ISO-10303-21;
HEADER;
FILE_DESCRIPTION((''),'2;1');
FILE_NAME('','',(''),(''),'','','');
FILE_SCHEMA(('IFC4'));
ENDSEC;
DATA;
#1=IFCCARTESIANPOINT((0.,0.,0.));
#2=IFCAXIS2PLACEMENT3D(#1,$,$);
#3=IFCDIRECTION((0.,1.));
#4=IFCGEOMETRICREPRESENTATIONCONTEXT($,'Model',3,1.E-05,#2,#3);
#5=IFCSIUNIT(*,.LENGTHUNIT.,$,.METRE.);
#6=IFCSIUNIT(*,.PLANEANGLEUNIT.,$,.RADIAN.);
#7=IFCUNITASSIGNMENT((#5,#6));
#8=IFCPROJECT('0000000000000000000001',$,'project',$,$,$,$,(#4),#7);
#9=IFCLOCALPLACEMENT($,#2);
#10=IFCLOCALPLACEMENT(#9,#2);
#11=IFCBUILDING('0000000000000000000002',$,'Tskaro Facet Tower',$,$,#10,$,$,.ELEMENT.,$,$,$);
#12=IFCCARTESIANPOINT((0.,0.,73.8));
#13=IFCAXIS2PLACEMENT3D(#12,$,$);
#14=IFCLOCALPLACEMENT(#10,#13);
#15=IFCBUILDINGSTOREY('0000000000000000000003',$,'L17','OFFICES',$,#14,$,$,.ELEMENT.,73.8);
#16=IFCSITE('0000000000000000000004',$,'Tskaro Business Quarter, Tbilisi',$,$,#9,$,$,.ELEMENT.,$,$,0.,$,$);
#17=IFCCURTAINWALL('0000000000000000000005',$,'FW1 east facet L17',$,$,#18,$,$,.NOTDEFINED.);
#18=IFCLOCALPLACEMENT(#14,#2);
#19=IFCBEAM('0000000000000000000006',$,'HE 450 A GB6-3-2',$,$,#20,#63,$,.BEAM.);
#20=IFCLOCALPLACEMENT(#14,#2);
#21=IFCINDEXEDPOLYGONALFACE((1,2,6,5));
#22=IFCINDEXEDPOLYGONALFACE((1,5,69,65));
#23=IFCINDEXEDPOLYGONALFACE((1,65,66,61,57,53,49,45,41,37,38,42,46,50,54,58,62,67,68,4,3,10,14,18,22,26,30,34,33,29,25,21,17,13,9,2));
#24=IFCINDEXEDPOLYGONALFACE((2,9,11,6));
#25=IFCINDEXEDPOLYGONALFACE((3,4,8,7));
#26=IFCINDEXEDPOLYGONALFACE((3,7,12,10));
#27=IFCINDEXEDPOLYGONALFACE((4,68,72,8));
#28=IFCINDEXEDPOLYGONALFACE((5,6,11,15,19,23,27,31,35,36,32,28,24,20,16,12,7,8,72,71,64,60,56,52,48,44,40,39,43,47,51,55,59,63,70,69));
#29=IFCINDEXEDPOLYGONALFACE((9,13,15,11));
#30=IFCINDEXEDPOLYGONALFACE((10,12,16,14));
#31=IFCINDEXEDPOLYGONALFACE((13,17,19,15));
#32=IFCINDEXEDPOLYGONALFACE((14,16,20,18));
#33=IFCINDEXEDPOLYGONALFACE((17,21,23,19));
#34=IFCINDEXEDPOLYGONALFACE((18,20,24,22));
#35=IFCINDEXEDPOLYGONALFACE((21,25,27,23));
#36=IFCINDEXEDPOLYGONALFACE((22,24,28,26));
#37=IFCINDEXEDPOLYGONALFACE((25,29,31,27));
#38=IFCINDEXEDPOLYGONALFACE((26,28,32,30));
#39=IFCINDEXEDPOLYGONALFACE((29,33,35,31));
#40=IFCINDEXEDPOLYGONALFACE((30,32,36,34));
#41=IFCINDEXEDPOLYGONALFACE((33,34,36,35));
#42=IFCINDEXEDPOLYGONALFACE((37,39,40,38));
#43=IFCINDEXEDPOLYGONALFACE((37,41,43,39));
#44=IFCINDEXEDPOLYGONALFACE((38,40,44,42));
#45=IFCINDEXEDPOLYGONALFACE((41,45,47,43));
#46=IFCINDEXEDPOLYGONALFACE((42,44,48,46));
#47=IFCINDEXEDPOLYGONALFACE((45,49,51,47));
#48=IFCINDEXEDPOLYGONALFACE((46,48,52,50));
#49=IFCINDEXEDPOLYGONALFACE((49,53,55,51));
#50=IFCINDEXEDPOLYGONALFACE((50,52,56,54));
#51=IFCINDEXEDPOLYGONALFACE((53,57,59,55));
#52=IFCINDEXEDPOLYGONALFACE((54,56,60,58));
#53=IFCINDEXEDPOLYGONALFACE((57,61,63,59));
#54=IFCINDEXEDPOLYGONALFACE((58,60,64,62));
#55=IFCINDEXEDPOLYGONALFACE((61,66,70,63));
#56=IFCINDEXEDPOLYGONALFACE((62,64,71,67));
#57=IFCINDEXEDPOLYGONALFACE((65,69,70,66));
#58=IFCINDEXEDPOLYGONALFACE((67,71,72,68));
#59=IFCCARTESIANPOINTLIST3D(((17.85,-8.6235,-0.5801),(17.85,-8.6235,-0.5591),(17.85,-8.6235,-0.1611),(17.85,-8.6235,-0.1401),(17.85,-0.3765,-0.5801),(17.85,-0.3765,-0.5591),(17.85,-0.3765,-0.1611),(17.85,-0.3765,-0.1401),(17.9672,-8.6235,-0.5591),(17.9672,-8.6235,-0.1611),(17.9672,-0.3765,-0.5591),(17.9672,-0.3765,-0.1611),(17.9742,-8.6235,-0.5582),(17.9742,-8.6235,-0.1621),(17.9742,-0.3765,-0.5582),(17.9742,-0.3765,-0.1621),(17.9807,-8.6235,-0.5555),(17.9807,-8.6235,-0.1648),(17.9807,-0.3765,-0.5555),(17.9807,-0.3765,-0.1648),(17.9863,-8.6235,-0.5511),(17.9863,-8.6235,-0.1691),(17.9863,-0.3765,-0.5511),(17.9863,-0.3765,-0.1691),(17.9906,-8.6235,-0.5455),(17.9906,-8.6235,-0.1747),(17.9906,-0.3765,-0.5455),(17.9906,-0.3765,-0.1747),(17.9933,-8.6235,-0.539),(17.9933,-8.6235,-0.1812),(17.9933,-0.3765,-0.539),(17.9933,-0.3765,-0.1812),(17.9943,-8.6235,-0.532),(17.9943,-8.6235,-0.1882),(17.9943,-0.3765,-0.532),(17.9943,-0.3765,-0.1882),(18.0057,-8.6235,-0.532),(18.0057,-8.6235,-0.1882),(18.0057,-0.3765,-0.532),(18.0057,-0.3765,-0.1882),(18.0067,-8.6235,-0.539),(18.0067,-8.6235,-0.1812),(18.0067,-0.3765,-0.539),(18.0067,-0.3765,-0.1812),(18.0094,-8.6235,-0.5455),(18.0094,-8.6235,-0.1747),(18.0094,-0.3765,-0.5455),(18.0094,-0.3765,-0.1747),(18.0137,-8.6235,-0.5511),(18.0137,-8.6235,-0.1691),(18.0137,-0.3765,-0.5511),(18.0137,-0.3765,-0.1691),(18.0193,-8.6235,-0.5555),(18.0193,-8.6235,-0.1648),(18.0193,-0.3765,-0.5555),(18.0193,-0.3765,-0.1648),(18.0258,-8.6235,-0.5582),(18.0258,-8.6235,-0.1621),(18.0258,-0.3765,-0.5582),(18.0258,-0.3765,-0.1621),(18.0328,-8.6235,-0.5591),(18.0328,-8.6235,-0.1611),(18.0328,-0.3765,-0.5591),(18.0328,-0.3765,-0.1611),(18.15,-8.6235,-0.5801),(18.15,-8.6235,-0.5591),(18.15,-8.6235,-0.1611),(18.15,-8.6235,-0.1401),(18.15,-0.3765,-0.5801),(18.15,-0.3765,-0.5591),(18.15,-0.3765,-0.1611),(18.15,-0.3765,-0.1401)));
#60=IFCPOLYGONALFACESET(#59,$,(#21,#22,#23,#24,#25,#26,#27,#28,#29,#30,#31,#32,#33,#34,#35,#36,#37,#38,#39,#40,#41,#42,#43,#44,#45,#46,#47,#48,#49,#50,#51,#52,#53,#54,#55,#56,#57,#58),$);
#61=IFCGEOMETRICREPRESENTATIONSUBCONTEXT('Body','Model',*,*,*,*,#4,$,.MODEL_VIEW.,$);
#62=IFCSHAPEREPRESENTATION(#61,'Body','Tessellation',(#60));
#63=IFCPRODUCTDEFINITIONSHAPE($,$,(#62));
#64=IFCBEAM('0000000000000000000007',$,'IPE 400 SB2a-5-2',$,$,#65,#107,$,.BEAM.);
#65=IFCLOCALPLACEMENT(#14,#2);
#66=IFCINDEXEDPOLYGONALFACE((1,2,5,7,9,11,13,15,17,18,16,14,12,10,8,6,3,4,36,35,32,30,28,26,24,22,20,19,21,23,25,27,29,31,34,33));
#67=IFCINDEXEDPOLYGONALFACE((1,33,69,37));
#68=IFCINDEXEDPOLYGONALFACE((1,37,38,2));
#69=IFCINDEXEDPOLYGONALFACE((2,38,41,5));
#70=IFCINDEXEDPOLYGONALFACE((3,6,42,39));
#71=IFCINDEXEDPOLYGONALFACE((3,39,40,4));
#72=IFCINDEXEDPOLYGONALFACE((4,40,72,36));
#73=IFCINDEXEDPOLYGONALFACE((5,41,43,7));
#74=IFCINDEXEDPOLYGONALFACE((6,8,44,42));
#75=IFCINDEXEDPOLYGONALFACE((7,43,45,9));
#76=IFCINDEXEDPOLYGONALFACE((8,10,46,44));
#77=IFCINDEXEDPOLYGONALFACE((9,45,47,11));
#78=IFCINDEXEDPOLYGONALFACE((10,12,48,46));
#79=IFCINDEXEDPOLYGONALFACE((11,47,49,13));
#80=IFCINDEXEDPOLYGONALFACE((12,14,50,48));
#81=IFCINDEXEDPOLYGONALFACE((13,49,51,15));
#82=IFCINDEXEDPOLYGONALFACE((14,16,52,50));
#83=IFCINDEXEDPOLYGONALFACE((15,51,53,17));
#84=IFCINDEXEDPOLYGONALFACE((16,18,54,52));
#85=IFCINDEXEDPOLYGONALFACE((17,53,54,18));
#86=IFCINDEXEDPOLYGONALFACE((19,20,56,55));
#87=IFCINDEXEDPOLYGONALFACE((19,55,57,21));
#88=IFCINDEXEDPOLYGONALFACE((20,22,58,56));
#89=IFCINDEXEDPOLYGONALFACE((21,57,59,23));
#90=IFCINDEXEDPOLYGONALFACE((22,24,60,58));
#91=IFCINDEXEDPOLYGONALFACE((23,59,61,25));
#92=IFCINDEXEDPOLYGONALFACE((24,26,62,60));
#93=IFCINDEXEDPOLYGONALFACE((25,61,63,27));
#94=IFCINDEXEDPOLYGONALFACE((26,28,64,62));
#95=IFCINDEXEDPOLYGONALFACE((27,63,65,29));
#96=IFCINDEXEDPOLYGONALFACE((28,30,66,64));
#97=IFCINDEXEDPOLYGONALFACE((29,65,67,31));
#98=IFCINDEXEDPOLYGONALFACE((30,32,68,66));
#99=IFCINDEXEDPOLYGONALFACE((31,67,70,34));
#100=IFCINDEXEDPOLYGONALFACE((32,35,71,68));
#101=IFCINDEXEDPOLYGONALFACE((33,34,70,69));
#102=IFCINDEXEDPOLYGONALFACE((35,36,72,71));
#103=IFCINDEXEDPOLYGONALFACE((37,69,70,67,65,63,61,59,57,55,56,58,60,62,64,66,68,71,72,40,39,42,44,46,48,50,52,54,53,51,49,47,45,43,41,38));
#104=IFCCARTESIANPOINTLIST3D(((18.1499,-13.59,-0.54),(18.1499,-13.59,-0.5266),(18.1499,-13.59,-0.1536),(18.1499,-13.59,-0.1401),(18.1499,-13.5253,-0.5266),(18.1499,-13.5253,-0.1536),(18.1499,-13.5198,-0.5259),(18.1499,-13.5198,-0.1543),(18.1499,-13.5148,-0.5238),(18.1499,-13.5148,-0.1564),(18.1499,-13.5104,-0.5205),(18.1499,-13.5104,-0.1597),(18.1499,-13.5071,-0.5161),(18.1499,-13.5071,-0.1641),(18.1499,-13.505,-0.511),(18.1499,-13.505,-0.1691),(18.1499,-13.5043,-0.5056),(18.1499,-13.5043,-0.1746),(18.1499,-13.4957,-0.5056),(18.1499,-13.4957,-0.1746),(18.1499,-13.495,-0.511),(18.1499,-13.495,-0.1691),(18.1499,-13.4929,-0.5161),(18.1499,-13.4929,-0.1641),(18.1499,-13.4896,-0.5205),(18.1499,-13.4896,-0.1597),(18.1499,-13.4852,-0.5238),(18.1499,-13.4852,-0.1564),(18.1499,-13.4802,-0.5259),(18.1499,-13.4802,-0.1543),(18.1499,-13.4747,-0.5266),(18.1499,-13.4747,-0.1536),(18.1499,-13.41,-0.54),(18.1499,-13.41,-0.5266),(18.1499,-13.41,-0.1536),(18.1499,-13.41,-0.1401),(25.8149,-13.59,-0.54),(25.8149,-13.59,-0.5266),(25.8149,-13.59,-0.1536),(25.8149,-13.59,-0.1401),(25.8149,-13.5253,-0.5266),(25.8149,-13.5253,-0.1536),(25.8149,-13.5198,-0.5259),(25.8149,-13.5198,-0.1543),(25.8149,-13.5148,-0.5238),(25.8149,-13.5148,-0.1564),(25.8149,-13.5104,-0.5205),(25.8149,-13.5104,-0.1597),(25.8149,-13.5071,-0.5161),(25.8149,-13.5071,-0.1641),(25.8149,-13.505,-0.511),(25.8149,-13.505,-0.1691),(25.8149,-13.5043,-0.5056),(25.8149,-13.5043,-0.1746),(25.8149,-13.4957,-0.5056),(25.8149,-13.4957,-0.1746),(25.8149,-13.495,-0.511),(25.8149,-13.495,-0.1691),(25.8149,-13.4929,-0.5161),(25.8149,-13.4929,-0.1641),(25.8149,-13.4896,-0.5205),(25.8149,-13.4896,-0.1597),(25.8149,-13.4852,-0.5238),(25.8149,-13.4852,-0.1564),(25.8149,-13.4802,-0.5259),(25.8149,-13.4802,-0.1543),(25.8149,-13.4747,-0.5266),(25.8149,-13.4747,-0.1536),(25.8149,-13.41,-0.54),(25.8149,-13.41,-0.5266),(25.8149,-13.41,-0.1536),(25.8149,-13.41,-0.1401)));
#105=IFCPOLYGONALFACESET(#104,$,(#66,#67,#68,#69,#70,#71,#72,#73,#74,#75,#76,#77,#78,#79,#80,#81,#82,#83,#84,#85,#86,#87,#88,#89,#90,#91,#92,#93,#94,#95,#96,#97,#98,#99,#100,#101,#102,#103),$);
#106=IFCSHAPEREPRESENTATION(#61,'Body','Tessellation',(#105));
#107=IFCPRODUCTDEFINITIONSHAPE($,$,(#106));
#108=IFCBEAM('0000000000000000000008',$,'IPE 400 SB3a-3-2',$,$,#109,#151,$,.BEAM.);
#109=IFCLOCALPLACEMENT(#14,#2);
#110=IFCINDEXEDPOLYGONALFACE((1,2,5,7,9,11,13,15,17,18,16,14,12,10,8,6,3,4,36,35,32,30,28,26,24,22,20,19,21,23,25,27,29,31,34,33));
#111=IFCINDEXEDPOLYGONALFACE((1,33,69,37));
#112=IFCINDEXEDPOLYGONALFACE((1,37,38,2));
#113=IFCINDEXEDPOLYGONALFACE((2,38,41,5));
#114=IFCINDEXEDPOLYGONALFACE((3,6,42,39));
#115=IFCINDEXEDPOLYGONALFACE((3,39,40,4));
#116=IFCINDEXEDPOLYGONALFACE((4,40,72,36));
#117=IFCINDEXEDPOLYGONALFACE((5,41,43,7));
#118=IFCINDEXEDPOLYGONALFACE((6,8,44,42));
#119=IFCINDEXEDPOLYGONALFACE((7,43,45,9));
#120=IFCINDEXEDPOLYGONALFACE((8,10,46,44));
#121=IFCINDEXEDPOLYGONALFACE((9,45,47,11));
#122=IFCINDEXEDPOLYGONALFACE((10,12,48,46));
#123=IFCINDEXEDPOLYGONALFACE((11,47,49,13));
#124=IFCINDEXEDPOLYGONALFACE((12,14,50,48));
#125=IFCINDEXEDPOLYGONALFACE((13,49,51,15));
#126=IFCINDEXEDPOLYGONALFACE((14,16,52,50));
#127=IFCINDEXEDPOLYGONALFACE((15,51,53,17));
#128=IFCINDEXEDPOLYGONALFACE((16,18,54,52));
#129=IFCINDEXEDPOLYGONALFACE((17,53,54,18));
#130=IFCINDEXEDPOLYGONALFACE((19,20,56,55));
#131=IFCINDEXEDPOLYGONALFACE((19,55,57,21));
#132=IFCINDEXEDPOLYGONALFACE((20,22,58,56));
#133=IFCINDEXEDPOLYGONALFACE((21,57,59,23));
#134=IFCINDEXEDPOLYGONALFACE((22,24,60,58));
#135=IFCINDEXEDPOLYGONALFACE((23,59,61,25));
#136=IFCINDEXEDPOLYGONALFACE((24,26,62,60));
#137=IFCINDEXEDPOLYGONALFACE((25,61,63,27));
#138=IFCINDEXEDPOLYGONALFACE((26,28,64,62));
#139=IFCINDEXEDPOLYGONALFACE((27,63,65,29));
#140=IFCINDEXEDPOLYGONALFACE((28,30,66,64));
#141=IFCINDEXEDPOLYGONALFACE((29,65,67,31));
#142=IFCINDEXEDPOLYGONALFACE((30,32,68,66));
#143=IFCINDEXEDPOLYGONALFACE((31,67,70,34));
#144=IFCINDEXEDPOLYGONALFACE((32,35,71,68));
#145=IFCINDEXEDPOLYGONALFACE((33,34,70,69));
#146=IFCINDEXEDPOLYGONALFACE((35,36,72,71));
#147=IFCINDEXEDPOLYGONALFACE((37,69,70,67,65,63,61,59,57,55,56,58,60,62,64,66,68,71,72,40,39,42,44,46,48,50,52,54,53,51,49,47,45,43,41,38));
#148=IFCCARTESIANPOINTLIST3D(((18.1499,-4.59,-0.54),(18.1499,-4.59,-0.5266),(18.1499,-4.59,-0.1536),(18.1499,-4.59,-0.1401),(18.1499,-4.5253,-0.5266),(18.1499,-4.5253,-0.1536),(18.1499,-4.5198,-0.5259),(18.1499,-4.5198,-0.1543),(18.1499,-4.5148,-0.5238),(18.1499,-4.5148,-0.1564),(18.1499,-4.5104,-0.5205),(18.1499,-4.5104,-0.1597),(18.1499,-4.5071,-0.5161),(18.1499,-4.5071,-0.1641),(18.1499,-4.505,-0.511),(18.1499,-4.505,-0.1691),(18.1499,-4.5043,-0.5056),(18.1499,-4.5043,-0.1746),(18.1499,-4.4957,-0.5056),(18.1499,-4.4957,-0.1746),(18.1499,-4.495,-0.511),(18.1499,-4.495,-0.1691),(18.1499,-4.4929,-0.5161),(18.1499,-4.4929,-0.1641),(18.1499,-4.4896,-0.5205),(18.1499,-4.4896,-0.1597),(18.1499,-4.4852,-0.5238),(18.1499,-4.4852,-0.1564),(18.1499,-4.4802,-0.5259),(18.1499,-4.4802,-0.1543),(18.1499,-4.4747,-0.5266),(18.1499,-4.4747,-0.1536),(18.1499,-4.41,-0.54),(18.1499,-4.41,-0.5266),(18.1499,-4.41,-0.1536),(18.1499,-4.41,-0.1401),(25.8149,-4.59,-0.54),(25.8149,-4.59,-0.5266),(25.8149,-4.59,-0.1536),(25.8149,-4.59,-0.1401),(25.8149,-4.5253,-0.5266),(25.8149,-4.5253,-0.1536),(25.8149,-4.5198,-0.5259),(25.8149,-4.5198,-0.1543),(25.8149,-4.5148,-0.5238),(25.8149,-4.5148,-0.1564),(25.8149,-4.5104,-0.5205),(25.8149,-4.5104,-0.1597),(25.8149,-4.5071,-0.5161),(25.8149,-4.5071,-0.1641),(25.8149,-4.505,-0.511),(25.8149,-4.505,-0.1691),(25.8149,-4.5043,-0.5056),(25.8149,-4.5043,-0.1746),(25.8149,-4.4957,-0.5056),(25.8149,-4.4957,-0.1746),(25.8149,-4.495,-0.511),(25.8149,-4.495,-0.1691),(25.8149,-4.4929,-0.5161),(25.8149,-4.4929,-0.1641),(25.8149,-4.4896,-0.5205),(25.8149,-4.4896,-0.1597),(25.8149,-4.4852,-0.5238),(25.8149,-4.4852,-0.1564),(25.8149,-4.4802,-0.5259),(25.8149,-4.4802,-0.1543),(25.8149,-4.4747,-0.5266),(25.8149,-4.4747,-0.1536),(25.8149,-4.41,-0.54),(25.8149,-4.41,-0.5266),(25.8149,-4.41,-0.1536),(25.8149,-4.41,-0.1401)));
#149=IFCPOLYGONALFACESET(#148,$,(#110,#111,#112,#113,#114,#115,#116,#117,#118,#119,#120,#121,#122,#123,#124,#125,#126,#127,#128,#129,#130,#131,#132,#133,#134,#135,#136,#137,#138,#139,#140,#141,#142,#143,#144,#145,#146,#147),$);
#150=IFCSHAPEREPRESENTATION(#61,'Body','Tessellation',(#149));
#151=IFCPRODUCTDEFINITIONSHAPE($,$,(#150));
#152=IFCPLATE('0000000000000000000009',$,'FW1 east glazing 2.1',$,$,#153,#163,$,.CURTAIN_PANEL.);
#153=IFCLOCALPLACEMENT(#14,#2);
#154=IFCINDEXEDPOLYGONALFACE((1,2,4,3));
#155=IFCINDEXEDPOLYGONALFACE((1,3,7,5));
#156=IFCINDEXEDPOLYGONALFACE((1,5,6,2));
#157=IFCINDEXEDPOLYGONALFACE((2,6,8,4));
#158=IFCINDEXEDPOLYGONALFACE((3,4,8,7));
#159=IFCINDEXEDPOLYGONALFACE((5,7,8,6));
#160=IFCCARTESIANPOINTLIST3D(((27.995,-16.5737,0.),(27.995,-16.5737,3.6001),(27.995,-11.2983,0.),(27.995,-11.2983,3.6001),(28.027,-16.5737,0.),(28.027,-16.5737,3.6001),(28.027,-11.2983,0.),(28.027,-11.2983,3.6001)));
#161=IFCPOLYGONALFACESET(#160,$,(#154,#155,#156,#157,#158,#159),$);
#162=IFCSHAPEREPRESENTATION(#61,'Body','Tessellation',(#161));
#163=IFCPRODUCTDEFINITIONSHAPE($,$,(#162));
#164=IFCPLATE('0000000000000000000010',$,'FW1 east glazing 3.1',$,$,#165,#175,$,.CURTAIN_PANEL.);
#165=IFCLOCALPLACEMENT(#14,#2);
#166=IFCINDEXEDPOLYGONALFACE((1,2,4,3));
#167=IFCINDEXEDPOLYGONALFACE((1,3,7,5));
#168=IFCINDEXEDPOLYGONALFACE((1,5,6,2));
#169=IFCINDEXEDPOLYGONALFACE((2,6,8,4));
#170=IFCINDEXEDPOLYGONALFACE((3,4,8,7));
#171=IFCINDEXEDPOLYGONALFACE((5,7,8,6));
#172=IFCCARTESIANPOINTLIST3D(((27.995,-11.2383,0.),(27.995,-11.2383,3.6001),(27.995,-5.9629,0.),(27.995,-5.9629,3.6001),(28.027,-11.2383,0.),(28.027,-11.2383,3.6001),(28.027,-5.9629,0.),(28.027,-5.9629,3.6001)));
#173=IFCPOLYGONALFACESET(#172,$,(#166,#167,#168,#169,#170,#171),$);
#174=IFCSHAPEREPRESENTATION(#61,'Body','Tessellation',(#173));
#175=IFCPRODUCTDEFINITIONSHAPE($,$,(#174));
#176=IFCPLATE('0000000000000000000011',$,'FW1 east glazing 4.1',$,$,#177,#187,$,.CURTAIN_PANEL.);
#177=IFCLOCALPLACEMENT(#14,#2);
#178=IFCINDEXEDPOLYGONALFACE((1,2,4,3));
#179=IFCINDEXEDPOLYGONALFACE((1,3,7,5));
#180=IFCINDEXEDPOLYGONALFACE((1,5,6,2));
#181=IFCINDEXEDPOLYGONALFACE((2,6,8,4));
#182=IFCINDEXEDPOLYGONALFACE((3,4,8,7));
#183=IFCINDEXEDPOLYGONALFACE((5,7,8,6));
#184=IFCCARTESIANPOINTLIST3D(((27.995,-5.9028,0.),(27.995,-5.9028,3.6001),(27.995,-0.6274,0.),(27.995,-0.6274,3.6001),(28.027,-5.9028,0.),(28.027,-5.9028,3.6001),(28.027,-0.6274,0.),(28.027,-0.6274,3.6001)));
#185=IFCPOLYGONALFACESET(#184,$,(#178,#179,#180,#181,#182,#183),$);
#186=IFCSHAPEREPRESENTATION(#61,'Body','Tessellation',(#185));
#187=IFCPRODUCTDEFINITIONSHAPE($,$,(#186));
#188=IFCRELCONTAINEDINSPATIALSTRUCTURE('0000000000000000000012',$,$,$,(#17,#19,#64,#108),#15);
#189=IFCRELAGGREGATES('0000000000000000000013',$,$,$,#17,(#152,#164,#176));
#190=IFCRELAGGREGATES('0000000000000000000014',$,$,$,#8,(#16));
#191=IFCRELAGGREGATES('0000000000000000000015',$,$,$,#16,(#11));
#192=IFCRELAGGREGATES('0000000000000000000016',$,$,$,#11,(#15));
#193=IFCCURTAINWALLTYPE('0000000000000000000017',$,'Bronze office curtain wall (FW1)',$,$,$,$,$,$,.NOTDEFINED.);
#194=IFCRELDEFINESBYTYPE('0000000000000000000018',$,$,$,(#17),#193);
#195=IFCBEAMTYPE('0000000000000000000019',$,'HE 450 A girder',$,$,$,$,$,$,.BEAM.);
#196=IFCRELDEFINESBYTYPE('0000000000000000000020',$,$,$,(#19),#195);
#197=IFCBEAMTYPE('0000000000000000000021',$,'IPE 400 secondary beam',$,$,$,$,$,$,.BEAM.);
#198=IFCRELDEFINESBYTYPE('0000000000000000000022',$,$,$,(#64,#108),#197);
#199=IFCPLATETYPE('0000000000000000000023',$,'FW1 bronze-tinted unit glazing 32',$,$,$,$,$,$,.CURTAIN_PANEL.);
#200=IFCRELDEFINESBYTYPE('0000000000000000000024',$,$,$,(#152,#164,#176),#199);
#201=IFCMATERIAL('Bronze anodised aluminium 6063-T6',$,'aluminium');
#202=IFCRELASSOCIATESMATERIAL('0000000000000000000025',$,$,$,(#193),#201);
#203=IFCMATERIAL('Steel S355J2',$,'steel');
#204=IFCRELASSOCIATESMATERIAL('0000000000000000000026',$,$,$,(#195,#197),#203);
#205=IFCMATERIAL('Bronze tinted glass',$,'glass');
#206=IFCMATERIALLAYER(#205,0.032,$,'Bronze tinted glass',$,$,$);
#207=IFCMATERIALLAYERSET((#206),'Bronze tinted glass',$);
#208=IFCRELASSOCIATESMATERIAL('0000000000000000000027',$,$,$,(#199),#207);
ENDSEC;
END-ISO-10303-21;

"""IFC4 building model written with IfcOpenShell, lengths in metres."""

from ifc_helpers import new_model, si_unit, direction, frame, origin, origin_2d, place, context, subcontext, project, spatial, rectangle, i_section, extrude, material, layer, layer_set, material_profile, profile_set, type_object, element, aggregate, save


model = new_model("IFC4")

# Units and contexts
model_context = context("Model", 3, precision=1e-05, world=origin(), true_north=direction((0.0, 1.0)))
body_context = subcontext(model_context, "Body", "Model", "MODEL_VIEW")
ifc_project = project(units=[si_unit("LENGTHUNIT", "METRE"), si_unit("PLANEANGLEUNIT", "RADIAN")], contexts=[model_context])

# Site, building, storey
site_placement = place(None, origin())
site = spatial("IfcSite", under=ifc_project, at=site_placement, Name="Tskaro Business Quarter, Tbilisi", CompositionType="ELEMENT", RefElevation=0.0)
building_placement = place(site_placement, origin())
building = spatial("IfcBuilding", under=site, at=building_placement, Name="Tskaro Facet Tower", CompositionType="ELEMENT")
storey_placement = place(building_placement, frame((0.0, 0.0, 73.8)))
storey = spatial("IfcBuildingStorey", under=building, at=storey_placement, Name="L17", Description="OFFICES", CompositionType="ELEMENT", Elevation=73.8)

# Curtain wall
ifc_material_1 = material(Name="Bronze anodised aluminium 6063-T6", Category="aluminium")
curtain_wall_type = type_object("IfcCurtainWallType", Name="Bronze office curtain wall (FW1)", PredefinedType="NOTDEFINED", material=ifc_material_1)
curtain_wall_placement = place(storey_placement, origin())
curtain_wall = element("IfcCurtainWall", 1, at=curtain_wall_placement, inside=storey, type_object=curtain_wall_type, Name="FW1 east facet L17", PredefinedType="NOTDEFINED")

# Beams
ifc_material_2 = material(Name="Steel S355J2", Category="steel")
ifc_material_profile_1 = material_profile(ifc_material_2, i_section(OverallWidth=0.3, OverallDepth=0.4399, WebThickness=0.0115, FlangeThickness=0.021, FilletRadius=0.0271, at=origin_2d()), Name="HE 450 A")
ifc_profile_set_1 = profile_set([ifc_material_profile_1], Name="Steel S355J2")
beam_type_1 = type_object("IfcBeamType", Name="HE 450 A girder", PredefinedType="BEAM", material=ifc_profile_set_1)
for number, where, z_axis, x_axis, name in (
    (2, (18.0, -8.6235, -0.3601), (0.0, 1.0, 0.0), (-1.0, 0.0, 0.0), "HE 450 A GB6-3-2"),
):
    element("IfcBeam", number, at=place(storey_placement, frame(where, z_axis=z_axis, x_axis=x_axis)), inside=storey, type_object=beam_type_1, Name=name, PredefinedType="BEAM", context=body_context, shape_type="SweptSolid", body=[
        extrude(i_section(OverallWidth=0.3, OverallDepth=0.4399, WebThickness=0.0115, FlangeThickness=0.021, FilletRadius=0.0271, at=origin_2d()), origin(), (0.0, 0.0, 1.0), 8.2471),
    ])
ifc_material_profile_2 = material_profile(ifc_material_2, i_section(OverallWidth=0.1799, OverallDepth=0.3999, WebThickness=0.0085, FlangeThickness=0.0134, FilletRadius=0.021, at=origin_2d()), Name="IPE 400")
ifc_profile_set_2 = profile_set([ifc_material_profile_2], Name="Steel S355J2")
beam_type_2 = type_object("IfcBeamType", Name="IPE 400 secondary beam", PredefinedType="BEAM", material=ifc_profile_set_2)
for number, where, z_axis, x_axis, name in (
    (3, (18.1499, -13.5, -0.3401), (1.0, 0.0, 0.0), (0.0, 1.0, 0.0), "IPE 400 SB2a-5-2"),
    (4, (18.1499, -4.5, -0.3401), (1.0, 0.0, 0.0), (0.0, 1.0, 0.0), "IPE 400 SB3a-3-2"),
):
    element("IfcBeam", number, at=place(storey_placement, frame(where, z_axis=z_axis, x_axis=x_axis)), inside=storey, type_object=beam_type_2, Name=name, PredefinedType="BEAM", context=body_context, shape_type="SweptSolid", body=[
        extrude(i_section(OverallWidth=0.1799, OverallDepth=0.3999, WebThickness=0.0085, FlangeThickness=0.0134, FilletRadius=0.021, at=origin_2d()), origin(), (0.0, 0.0, 1.0), 7.665),
    ])

# Plates
ifc_material_3 = material(Name="Bronze tinted glass", Category="glass")
ifc_layer_1 = layer(ifc_material_3, 0.032, Name="Bronze tinted glass")
ifc_layer_set_1 = layer_set([ifc_layer_1], Name="Bronze tinted glass")
plate_type = type_object("IfcPlateType", Name="FW1 bronze-tinted unit glazing 32", PredefinedType="CURTAIN_PANEL", material=ifc_layer_set_1)
plate_1_placement = place(storey_placement, frame((28.011, -13.936, 0.0), z_axis=(0.0, 0.0, 1.0), x_axis=(0.0, 1.0, 0.0)))
plate_1 = element("IfcPlate", 5, at=plate_1_placement, type_object=plate_type, Name="FW1 east glazing 2.1", PredefinedType="CURTAIN_PANEL", context=body_context, shape_type="SweptSolid", body=[
    extrude(rectangle(XDim=5.2754, YDim=0.032, at=origin_2d()), origin(), (0.0, 0.0, 1.0), 3.6001),
])
plate_2_placement = place(storey_placement, frame((28.011, -8.6006, 0.0), z_axis=(0.0, 0.0, 1.0), x_axis=(0.0, 1.0, 0.0)))
plate_2 = element("IfcPlate", 6, at=plate_2_placement, type_object=plate_type, Name="FW1 east glazing 3.1", PredefinedType="CURTAIN_PANEL", context=body_context, shape_type="SweptSolid", body=[
    extrude(rectangle(XDim=5.2754, YDim=0.032, at=origin_2d()), origin(), (0.0, 0.0, 1.0), 3.6001),
])
plate_3_placement = place(storey_placement, frame((28.011, -3.2651, 0.0), z_axis=(0.0, 0.0, 1.0), x_axis=(0.0, 1.0, 0.0)))
plate_3 = element("IfcPlate", 7, at=plate_3_placement, type_object=plate_type, Name="FW1 east glazing 4.1", PredefinedType="CURTAIN_PANEL", context=body_context, shape_type="SweptSolid", body=[
    extrude(rectangle(XDim=5.2754, YDim=0.032, at=origin_2d()), origin(), (0.0, 0.0, 1.0), 3.6001),
])
aggregate(curtain_wall, [plate_1, plate_2, plate_3])

save(model, "model.ifc")
